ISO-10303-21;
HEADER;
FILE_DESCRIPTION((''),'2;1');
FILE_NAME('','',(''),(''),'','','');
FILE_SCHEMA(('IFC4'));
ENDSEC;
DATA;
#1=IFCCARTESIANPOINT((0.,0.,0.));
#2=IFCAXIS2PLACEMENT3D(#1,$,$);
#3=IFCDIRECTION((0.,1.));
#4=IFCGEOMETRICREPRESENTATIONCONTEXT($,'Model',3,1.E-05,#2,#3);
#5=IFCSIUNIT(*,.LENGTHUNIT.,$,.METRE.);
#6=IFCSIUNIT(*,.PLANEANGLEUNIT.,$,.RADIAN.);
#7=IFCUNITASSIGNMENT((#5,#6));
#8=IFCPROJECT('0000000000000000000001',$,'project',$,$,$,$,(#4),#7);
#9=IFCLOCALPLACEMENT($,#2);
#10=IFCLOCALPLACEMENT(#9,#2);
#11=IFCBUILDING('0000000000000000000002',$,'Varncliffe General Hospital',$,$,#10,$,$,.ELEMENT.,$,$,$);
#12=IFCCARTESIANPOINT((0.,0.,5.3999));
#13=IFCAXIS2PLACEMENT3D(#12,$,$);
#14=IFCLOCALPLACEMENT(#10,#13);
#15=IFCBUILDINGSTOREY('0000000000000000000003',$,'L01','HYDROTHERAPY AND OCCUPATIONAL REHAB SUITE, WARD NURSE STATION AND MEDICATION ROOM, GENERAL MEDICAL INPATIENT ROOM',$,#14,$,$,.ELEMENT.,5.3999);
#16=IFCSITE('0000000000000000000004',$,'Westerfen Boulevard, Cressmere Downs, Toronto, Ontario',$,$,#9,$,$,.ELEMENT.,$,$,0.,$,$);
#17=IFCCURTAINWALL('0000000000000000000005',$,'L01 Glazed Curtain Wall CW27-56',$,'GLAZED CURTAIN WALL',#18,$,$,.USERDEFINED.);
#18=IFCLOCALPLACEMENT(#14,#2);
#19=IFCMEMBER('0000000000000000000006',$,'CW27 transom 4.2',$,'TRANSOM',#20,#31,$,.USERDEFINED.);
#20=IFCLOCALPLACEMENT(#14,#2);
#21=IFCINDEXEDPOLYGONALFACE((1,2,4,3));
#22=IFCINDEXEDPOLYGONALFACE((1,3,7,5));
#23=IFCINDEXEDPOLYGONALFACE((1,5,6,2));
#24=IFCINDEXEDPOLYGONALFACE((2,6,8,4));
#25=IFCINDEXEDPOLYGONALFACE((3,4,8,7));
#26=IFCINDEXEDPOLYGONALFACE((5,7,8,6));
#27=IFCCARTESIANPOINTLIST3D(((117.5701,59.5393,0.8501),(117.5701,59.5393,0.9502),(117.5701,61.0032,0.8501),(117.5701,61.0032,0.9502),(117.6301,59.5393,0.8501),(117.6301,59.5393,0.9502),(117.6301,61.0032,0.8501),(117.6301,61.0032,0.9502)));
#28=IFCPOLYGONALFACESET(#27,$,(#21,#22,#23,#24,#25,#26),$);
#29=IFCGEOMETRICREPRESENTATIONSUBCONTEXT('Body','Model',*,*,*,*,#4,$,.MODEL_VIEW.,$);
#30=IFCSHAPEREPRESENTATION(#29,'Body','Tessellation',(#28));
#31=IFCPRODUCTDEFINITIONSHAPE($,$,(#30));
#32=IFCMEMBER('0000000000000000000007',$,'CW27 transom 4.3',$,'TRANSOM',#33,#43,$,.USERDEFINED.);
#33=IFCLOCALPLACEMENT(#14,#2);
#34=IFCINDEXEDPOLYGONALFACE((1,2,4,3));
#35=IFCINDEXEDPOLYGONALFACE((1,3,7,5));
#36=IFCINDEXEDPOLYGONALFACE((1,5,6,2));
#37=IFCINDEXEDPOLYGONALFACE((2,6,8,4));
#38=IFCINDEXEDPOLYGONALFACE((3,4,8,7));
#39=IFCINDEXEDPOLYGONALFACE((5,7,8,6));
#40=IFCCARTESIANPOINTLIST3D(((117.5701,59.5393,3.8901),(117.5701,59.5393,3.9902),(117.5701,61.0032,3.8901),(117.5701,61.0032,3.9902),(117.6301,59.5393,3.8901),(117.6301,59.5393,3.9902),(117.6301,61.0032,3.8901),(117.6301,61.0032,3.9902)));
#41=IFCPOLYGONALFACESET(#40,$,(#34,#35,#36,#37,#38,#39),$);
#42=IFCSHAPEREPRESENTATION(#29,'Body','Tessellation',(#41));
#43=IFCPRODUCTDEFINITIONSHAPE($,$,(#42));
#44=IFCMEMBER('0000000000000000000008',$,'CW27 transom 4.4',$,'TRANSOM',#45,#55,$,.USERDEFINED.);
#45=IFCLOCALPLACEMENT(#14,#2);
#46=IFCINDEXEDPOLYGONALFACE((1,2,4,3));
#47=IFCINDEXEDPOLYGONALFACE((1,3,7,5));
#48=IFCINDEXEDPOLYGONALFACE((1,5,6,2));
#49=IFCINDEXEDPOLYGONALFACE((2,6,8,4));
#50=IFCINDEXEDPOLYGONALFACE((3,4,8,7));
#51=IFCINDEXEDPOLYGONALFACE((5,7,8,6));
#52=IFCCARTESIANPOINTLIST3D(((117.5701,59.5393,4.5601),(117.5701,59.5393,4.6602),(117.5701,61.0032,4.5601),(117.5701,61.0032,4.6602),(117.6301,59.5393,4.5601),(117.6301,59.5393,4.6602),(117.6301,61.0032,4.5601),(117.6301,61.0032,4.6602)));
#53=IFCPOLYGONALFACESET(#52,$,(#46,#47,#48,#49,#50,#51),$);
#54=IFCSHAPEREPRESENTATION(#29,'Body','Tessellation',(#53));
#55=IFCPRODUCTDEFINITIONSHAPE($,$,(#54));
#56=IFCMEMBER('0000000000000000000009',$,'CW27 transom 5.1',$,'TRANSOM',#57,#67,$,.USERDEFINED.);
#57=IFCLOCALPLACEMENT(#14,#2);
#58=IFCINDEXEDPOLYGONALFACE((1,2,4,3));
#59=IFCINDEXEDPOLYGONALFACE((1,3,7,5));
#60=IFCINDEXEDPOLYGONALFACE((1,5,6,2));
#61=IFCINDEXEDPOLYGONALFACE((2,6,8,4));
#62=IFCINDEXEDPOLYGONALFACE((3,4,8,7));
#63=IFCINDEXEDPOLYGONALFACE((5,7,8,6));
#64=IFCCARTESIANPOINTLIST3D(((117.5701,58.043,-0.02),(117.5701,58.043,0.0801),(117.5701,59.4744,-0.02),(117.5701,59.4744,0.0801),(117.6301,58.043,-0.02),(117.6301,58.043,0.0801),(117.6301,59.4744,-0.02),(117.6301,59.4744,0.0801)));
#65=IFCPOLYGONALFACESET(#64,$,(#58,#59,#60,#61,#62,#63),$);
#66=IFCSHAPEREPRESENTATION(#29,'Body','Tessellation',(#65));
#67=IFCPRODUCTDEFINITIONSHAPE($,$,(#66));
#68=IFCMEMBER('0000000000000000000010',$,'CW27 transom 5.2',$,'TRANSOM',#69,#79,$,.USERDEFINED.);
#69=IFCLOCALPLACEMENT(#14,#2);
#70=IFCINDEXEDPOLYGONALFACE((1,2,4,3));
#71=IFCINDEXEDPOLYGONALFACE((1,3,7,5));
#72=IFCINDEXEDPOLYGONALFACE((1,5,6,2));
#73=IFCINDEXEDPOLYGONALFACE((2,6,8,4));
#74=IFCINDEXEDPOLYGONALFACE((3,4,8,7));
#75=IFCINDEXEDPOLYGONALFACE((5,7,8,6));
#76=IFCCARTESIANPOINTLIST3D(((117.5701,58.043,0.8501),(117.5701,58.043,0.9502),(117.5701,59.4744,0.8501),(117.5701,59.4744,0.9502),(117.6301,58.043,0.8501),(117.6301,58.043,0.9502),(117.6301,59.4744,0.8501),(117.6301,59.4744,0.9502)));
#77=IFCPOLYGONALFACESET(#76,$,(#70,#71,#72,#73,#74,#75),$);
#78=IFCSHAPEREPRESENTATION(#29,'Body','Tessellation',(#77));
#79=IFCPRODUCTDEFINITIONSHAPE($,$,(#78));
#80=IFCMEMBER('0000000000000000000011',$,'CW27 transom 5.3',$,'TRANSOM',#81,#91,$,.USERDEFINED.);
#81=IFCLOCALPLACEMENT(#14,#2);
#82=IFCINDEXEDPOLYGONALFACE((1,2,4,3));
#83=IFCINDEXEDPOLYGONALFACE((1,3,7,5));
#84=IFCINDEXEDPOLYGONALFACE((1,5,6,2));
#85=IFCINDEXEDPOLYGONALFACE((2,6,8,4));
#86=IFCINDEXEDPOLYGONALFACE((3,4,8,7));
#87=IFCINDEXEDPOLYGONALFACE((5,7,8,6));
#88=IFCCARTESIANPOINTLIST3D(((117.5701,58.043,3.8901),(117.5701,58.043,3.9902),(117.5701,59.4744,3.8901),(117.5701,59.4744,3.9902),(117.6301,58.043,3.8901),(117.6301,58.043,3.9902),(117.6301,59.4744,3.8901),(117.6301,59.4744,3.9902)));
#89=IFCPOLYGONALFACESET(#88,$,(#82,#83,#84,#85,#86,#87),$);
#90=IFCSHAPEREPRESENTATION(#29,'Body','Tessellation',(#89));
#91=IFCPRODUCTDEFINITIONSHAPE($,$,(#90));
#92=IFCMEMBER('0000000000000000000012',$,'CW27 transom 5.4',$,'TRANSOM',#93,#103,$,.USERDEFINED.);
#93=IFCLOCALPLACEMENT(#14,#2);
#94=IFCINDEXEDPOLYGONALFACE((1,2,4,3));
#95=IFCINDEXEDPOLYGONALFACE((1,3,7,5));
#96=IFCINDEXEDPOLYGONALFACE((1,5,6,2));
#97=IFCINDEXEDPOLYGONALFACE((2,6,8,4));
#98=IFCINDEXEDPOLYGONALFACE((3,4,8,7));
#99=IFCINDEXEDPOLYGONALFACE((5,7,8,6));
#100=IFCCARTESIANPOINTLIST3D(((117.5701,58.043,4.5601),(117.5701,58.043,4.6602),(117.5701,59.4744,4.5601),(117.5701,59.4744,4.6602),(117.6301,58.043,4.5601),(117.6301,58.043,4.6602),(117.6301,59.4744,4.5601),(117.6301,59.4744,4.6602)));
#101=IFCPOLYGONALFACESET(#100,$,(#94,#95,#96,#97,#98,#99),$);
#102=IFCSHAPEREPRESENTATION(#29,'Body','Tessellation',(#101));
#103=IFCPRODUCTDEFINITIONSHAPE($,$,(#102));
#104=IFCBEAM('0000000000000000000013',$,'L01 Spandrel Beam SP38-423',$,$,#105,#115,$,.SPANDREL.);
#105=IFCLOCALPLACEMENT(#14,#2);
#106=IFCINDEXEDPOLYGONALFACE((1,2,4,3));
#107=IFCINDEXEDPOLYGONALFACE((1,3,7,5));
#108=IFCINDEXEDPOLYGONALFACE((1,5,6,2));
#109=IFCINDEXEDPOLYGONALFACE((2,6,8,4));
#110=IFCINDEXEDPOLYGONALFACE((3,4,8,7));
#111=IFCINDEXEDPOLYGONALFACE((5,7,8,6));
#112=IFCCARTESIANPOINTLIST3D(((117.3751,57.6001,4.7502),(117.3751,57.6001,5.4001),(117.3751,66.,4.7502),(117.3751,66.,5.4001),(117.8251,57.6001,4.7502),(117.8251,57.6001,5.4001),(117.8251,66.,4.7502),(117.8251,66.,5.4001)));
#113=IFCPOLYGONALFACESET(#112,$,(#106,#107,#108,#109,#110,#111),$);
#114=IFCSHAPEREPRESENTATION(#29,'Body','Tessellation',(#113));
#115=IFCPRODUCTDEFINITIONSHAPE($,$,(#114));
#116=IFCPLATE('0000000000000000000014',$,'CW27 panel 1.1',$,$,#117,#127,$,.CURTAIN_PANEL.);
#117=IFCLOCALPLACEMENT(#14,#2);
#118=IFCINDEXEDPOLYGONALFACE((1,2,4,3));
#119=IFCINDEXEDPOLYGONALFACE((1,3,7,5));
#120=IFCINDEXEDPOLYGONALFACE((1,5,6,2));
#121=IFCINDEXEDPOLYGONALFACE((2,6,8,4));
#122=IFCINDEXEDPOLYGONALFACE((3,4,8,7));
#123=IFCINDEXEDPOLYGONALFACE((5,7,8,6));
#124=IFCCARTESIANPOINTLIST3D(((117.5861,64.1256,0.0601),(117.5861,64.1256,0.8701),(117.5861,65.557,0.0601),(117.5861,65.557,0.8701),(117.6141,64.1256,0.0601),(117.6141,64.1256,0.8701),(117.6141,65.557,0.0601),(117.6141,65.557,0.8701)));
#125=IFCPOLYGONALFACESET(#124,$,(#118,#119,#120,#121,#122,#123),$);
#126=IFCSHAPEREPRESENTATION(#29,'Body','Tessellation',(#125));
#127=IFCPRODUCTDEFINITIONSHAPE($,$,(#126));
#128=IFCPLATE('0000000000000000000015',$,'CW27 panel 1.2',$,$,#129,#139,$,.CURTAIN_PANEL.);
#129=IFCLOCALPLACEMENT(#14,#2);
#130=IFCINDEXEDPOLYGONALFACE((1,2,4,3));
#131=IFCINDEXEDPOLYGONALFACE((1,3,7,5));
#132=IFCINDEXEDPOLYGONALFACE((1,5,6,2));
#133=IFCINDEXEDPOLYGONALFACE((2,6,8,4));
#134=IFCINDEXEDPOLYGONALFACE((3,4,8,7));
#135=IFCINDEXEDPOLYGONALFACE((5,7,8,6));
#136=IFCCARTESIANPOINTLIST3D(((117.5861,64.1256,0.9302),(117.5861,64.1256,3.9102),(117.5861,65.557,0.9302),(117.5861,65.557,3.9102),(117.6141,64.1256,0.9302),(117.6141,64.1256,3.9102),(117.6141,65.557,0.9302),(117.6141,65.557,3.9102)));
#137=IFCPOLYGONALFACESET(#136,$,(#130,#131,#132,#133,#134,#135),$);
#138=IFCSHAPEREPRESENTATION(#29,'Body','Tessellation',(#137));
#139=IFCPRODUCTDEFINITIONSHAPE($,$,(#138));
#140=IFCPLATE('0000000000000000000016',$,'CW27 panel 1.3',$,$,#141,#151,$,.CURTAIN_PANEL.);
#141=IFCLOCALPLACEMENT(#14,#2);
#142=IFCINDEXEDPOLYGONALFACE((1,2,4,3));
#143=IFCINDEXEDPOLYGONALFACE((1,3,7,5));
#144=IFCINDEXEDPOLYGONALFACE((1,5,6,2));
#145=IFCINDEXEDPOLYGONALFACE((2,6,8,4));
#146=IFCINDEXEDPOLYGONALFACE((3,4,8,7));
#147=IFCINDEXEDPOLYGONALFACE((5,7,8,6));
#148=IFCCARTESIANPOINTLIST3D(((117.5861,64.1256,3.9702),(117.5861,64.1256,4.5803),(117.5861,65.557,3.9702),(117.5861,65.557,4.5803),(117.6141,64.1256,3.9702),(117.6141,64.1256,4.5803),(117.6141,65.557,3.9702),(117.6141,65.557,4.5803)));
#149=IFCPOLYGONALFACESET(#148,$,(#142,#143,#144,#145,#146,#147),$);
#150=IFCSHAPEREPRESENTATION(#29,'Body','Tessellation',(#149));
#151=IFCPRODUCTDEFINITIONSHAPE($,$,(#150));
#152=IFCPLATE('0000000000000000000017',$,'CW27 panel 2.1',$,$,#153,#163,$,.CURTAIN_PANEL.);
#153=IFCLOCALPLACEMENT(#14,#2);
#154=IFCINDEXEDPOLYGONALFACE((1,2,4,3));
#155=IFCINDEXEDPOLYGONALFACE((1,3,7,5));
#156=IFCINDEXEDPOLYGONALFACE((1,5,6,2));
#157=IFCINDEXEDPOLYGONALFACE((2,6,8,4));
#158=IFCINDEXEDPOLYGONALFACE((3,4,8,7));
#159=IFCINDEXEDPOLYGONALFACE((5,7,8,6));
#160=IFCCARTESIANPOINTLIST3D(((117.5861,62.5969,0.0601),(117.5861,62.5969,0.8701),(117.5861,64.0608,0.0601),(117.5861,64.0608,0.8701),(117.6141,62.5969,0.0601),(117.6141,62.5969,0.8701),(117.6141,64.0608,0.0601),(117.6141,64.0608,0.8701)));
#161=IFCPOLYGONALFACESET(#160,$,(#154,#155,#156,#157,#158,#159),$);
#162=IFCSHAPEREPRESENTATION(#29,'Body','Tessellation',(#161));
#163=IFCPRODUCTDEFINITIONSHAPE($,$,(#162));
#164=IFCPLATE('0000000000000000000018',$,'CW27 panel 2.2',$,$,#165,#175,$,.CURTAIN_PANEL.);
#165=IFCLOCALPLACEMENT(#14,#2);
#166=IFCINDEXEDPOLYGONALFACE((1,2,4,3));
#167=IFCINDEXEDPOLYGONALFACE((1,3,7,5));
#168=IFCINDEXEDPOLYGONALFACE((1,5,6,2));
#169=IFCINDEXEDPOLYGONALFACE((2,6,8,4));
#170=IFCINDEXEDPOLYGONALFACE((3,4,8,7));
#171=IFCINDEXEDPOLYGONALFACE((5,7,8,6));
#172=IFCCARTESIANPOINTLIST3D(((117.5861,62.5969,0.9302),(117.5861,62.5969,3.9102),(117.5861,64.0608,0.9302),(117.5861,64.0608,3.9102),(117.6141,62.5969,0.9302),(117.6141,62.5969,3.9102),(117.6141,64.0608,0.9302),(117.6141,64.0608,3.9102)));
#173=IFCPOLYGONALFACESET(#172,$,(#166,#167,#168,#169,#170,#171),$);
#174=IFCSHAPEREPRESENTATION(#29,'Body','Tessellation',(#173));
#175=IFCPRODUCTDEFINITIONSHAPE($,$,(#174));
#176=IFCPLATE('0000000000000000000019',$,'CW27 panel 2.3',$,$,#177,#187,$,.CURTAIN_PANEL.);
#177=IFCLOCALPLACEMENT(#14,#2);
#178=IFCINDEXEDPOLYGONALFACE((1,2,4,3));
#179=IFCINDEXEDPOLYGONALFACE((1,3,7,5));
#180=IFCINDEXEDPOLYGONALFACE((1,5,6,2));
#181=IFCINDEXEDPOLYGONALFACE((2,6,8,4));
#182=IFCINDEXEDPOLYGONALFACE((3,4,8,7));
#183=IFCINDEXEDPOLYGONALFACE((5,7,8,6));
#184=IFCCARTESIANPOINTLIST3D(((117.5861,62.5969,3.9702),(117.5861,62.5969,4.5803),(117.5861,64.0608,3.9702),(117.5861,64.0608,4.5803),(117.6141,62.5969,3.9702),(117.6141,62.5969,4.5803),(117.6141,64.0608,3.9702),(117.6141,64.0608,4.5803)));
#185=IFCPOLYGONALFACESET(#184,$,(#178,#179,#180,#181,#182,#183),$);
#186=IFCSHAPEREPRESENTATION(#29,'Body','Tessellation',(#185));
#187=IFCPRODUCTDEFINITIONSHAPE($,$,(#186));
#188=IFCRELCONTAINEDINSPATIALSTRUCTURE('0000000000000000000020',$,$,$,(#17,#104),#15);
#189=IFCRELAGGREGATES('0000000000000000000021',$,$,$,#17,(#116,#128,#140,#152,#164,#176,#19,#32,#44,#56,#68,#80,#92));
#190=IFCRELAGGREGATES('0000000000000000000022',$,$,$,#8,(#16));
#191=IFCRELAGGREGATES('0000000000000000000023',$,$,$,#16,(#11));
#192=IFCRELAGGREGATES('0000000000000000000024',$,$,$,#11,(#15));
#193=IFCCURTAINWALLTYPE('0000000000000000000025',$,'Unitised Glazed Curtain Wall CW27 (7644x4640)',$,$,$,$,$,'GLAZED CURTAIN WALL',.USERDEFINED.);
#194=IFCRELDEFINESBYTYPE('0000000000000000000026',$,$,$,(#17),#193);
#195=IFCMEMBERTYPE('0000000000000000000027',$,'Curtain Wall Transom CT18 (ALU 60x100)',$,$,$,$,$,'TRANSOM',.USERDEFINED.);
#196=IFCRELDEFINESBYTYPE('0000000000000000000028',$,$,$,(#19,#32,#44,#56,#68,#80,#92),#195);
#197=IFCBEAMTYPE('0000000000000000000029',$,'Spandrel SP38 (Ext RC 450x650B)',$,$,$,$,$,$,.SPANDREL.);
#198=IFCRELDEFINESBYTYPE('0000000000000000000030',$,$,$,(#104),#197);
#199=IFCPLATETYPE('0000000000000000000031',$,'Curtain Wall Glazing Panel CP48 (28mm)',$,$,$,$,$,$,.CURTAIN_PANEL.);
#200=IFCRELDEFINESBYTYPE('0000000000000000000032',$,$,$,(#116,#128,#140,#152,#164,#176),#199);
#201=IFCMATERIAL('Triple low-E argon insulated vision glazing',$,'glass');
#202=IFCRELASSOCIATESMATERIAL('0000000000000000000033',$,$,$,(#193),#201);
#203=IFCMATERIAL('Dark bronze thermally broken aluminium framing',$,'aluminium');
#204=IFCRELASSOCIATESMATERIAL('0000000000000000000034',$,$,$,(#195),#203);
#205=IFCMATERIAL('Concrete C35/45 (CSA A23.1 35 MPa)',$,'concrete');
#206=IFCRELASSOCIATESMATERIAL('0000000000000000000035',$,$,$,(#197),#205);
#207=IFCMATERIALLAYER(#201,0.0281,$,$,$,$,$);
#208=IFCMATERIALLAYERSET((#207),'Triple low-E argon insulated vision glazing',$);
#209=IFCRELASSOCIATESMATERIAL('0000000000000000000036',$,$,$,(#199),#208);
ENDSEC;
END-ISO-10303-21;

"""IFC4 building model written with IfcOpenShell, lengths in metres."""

from ifc_helpers import new_model, si_unit, direction, frame, origin, origin_2d, place, context, subcontext, project, spatial, rectangle, extrude, material, layer, layer_set, material_profile, profile_set, type_object, element, aggregate, save


model = new_model("IFC4")

# Units and contexts
model_context = context("Model", 3, precision=1e-05, world=origin(), true_north=direction((0.0, 1.0)))
body_context = subcontext(model_context, "Body", "Model", "MODEL_VIEW")
ifc_project = project(units=[si_unit("LENGTHUNIT", "METRE"), si_unit("PLANEANGLEUNIT", "RADIAN")], contexts=[model_context])

# Site, building, storey
site_placement = place(None, origin())
site = spatial("IfcSite", under=ifc_project, at=site_placement, Name="Westerfen Boulevard, Cressmere Downs, Toronto, Ontario", CompositionType="ELEMENT", RefElevation=0.0)
building_placement = place(site_placement, origin())
building = spatial("IfcBuilding", under=site, at=building_placement, Name="Varncliffe General Hospital", CompositionType="ELEMENT")
storey_placement = place(building_placement, frame((0.0, 0.0, 5.3999)))
storey = spatial("IfcBuildingStorey", under=building, at=storey_placement, Name="L01", Description="HYDROTHERAPY AND OCCUPATIONAL REHAB SUITE, WARD NURSE STATION AND MEDICATION ROOM, GENERAL MEDICAL INPATIENT ROOM", CompositionType="ELEMENT", Elevation=5.3999)

# Curtain wall, members
ifc_material_1 = material(Name="Triple low-E argon insulated vision glazing", Category="glass")
curtain_wall_type = type_object("IfcCurtainWallType", Name="Unitised Glazed Curtain Wall CW27 (7644x4640)", ElementType="GLAZED CURTAIN WALL", PredefinedType="USERDEFINED", material=ifc_material_1)
curtain_wall_placement = place(storey_placement, origin())
curtain_wall = element("IfcCurtainWall", 1, at=curtain_wall_placement, inside=storey, type_object=curtain_wall_type, Name="L01 Glazed Curtain Wall CW27-56", ObjectType="GLAZED CURTAIN WALL", PredefinedType="USERDEFINED")
ifc_material_2 = material(Name="Dark bronze thermally broken aluminium framing", Category="aluminium")
ifc_material_profile_1 = material_profile(ifc_material_2, rectangle(XDim=0.0601, YDim=0.1001, at=origin_2d()), Name="ALU 60x100")
ifc_profile_set_1 = profile_set([ifc_material_profile_1], Name="Dark bronze thermally broken aluminium framing")
member_type_1 = type_object("IfcMemberType", Name="Curtain Wall Transom CT18 (ALU 60x100)", ElementType="TRANSOM", PredefinedType="USERDEFINED", material=ifc_profile_set_1)
member_1_placement = place(storey_placement, frame((117.6001, 61.0032, 0.9001), z_axis=(0.0, -1.0, 0.0), x_axis=(1.0, 0.0, 0.0)))
member_1 = element("IfcMember", 2, at=member_1_placement, type_object=member_type_1, Name="CW27 transom 4.2", ObjectType="TRANSOM", PredefinedType="USERDEFINED", context=body_context, shape_type="SweptSolid", body=[
    extrude(rectangle(XDim=0.0601, YDim=0.1001, at=origin_2d()), origin(), (0.0, 0.0, 1.0), 1.4639),
])
member_2_placement = place(storey_placement, frame((117.6001, 61.0032, 3.9402), z_axis=(0.0, -1.0, 0.0), x_axis=(1.0, 0.0, 0.0)))
member_2 = element("IfcMember", 3, at=member_2_placement, type_object=member_type_1, Name="CW27 transom 4.3", ObjectType="TRANSOM", PredefinedType="USERDEFINED", context=body_context, shape_type="SweptSolid", body=[
    extrude(rectangle(XDim=0.0601, YDim=0.1001, at=origin_2d()), origin(), (0.0, 0.0, 1.0), 1.4639),
])
member_3_placement = place(storey_placement, frame((117.6001, 61.0032, 4.6101), z_axis=(0.0, -1.0, 0.0), x_axis=(1.0, 0.0, 0.0)))
member_3 = element("IfcMember", 4, at=member_3_placement, type_object=member_type_1, Name="CW27 transom 4.4", ObjectType="TRANSOM", PredefinedType="USERDEFINED", context=body_context, shape_type="SweptSolid", body=[
    extrude(rectangle(XDim=0.0601, YDim=0.1001, at=origin_2d()), origin(), (0.0, 0.0, 1.0), 1.4639),
])
member_4_placement = place(storey_placement, frame((117.6001, 59.4744, 0.03), z_axis=(0.0, -1.0, 0.0), x_axis=(1.0, 0.0, 0.0)))
member_4 = element("IfcMember", 5, at=member_4_placement, type_object=member_type_1, Name="CW27 transom 5.1", ObjectType="TRANSOM", PredefinedType="USERDEFINED", context=body_context, shape_type="SweptSolid", body=[
    extrude(rectangle(XDim=0.0601, YDim=0.1001, at=origin_2d()), origin(), (0.0, 0.0, 1.0), 1.4314),
])
member_5_placement = place(storey_placement, frame((117.6001, 59.4744, 0.9001), z_axis=(0.0, -1.0, 0.0), x_axis=(1.0, 0.0, 0.0)))
member_5 = element("IfcMember", 6, at=member_5_placement, type_object=member_type_1, Name="CW27 transom 5.2", ObjectType="TRANSOM", PredefinedType="USERDEFINED", context=body_context, shape_type="SweptSolid", body=[
    extrude(rectangle(XDim=0.0601, YDim=0.1001, at=origin_2d()), origin(), (0.0, 0.0, 1.0), 1.4314),
])
member_6_placement = place(storey_placement, frame((117.6001, 59.4744, 3.9402), z_axis=(0.0, -1.0, 0.0), x_axis=(1.0, 0.0, 0.0)))
member_6 = element("IfcMember", 7, at=member_6_placement, type_object=member_type_1, Name="CW27 transom 5.3", ObjectType="TRANSOM", PredefinedType="USERDEFINED", context=body_context, shape_type="SweptSolid", body=[
    extrude(rectangle(XDim=0.0601, YDim=0.1001, at=origin_2d()), origin(), (0.0, 0.0, 1.0), 1.4314),
])
member_7_placement = place(storey_placement, frame((117.6001, 59.4744, 4.6101), z_axis=(0.0, -1.0, 0.0), x_axis=(1.0, 0.0, 0.0)))
member_7 = element("IfcMember", 8, at=member_7_placement, type_object=member_type_1, Name="CW27 transom 5.4", ObjectType="TRANSOM", PredefinedType="USERDEFINED", context=body_context, shape_type="SweptSolid", body=[
    extrude(rectangle(XDim=0.0601, YDim=0.1001, at=origin_2d()), origin(), (0.0, 0.0, 1.0), 1.4314),
])

# Beam
ifc_material_3 = material(Name="Concrete C35/45 (CSA A23.1 35 MPa)", Category="concrete")
ifc_material_profile_2 = material_profile(ifc_material_3, rectangle(XDim=0.45, YDim=0.6499, at=origin_2d()), Name="RC 450x650")
ifc_profile_set_2 = profile_set([ifc_material_profile_2], Name="Concrete C35/45 (CSA A23.1 35 MPa)")
beam_type = type_object("IfcBeamType", Name="Spandrel SP38 (Ext RC 450x650B)", PredefinedType="SPANDREL", material=ifc_profile_set_2)
beam_placement = place(storey_placement, frame((117.6001, 57.6001, 5.0752), z_axis=(0.0, 1.0, 0.0), x_axis=(-1.0, 0.0, 0.0)))
element("IfcBeam", 9, at=beam_placement, inside=storey, type_object=beam_type, Name="L01 Spandrel Beam SP38-423", PredefinedType="SPANDREL", context=body_context, shape_type="SweptSolid", body=[
    extrude(rectangle(XDim=0.45, YDim=0.6499, at=origin_2d()), origin(), (0.0, 0.0, 1.0), 8.3999),
])

# Plates
ifc_layer = layer(ifc_material_1, 0.0281)
ifc_layer_set = layer_set([ifc_layer], Name="Triple low-E argon insulated vision glazing")
plate_type = type_object("IfcPlateType", Name="Curtain Wall Glazing Panel CP48 (28mm)", PredefinedType="CURTAIN_PANEL", material=ifc_layer_set)
plate_1_placement = place(storey_placement, frame((117.6001, 64.8413, 0.0601), z_axis=(0.0, 0.0, 1.0), x_axis=(0.0, -1.0, 0.0)))
plate_1 = element("IfcPlate", 10, at=plate_1_placement, type_object=plate_type, Name="CW27 panel 1.1", PredefinedType="CURTAIN_PANEL", context=body_context, shape_type="SweptSolid", body=[
    extrude(rectangle(XDim=1.4314, YDim=0.0281, at=origin_2d()), origin(), (0.0, 0.0, 1.0), 0.8101),
])
plate_2_placement = place(storey_placement, frame((117.6001, 64.8413, 0.9302), z_axis=(0.0, 0.0, 1.0), x_axis=(0.0, -1.0, 0.0)))
plate_2 = element("IfcPlate", 11, at=plate_2_placement, type_object=plate_type, Name="CW27 panel 1.2", PredefinedType="CURTAIN_PANEL", context=body_context, shape_type="SweptSolid", body=[
    extrude(rectangle(XDim=1.4314, YDim=0.0281, at=origin_2d()), origin(), (0.0, 0.0, 1.0), 2.98),
])
plate_3_placement = place(storey_placement, frame((117.6001, 64.8413, 3.9702), z_axis=(0.0, 0.0, 1.0), x_axis=(0.0, -1.0, 0.0)))
plate_3 = element("IfcPlate", 12, at=plate_3_placement, type_object=plate_type, Name="CW27 panel 1.3", PredefinedType="CURTAIN_PANEL", context=body_context, shape_type="SweptSolid", body=[
    extrude(rectangle(XDim=1.4314, YDim=0.0281, at=origin_2d()), origin(), (0.0, 0.0, 1.0), 0.6101),
])
plate_4_placement = place(storey_placement, frame((117.6001, 63.3289, 0.0601), z_axis=(0.0, 0.0, 1.0), x_axis=(0.0, -1.0, 0.0)))
plate_4 = element("IfcPlate", 13, at=plate_4_placement, type_object=plate_type, Name="CW27 panel 2.1", PredefinedType="CURTAIN_PANEL", context=body_context, shape_type="SweptSolid", body=[
    extrude(rectangle(XDim=1.4639, YDim=0.0281, at=origin_2d()), origin(), (0.0, 0.0, 1.0), 0.8101),
])
plate_5_placement = place(storey_placement, frame((117.6001, 63.3289, 0.9302), z_axis=(0.0, 0.0, 1.0), x_axis=(0.0, -1.0, 0.0)))
plate_5 = element("IfcPlate", 14, at=plate_5_placement, type_object=plate_type, Name="CW27 panel 2.2", PredefinedType="CURTAIN_PANEL", context=body_context, shape_type="SweptSolid", body=[
    extrude(rectangle(XDim=1.4639, YDim=0.0281, at=origin_2d()), origin(), (0.0, 0.0, 1.0), 2.98),
])
plate_6_placement = place(storey_placement, frame((117.6001, 63.3289, 3.9702), z_axis=(0.0, 0.0, 1.0), x_axis=(0.0, -1.0, 0.0)))
plate_6 = element("IfcPlate", 15, at=plate_6_placement, type_object=plate_type, Name="CW27 panel 2.3", PredefinedType="CURTAIN_PANEL", context=body_context, shape_type="SweptSolid", body=[
    extrude(rectangle(XDim=1.4639, YDim=0.0281, at=origin_2d()), origin(), (0.0, 0.0, 1.0), 0.6101),
])
aggregate(curtain_wall, [plate_1, plate_2, plate_3, plate_4, plate_5, plate_6, member_1, member_2, member_3, member_4, member_5, member_6, member_7])

save(model, "model.ifc")
